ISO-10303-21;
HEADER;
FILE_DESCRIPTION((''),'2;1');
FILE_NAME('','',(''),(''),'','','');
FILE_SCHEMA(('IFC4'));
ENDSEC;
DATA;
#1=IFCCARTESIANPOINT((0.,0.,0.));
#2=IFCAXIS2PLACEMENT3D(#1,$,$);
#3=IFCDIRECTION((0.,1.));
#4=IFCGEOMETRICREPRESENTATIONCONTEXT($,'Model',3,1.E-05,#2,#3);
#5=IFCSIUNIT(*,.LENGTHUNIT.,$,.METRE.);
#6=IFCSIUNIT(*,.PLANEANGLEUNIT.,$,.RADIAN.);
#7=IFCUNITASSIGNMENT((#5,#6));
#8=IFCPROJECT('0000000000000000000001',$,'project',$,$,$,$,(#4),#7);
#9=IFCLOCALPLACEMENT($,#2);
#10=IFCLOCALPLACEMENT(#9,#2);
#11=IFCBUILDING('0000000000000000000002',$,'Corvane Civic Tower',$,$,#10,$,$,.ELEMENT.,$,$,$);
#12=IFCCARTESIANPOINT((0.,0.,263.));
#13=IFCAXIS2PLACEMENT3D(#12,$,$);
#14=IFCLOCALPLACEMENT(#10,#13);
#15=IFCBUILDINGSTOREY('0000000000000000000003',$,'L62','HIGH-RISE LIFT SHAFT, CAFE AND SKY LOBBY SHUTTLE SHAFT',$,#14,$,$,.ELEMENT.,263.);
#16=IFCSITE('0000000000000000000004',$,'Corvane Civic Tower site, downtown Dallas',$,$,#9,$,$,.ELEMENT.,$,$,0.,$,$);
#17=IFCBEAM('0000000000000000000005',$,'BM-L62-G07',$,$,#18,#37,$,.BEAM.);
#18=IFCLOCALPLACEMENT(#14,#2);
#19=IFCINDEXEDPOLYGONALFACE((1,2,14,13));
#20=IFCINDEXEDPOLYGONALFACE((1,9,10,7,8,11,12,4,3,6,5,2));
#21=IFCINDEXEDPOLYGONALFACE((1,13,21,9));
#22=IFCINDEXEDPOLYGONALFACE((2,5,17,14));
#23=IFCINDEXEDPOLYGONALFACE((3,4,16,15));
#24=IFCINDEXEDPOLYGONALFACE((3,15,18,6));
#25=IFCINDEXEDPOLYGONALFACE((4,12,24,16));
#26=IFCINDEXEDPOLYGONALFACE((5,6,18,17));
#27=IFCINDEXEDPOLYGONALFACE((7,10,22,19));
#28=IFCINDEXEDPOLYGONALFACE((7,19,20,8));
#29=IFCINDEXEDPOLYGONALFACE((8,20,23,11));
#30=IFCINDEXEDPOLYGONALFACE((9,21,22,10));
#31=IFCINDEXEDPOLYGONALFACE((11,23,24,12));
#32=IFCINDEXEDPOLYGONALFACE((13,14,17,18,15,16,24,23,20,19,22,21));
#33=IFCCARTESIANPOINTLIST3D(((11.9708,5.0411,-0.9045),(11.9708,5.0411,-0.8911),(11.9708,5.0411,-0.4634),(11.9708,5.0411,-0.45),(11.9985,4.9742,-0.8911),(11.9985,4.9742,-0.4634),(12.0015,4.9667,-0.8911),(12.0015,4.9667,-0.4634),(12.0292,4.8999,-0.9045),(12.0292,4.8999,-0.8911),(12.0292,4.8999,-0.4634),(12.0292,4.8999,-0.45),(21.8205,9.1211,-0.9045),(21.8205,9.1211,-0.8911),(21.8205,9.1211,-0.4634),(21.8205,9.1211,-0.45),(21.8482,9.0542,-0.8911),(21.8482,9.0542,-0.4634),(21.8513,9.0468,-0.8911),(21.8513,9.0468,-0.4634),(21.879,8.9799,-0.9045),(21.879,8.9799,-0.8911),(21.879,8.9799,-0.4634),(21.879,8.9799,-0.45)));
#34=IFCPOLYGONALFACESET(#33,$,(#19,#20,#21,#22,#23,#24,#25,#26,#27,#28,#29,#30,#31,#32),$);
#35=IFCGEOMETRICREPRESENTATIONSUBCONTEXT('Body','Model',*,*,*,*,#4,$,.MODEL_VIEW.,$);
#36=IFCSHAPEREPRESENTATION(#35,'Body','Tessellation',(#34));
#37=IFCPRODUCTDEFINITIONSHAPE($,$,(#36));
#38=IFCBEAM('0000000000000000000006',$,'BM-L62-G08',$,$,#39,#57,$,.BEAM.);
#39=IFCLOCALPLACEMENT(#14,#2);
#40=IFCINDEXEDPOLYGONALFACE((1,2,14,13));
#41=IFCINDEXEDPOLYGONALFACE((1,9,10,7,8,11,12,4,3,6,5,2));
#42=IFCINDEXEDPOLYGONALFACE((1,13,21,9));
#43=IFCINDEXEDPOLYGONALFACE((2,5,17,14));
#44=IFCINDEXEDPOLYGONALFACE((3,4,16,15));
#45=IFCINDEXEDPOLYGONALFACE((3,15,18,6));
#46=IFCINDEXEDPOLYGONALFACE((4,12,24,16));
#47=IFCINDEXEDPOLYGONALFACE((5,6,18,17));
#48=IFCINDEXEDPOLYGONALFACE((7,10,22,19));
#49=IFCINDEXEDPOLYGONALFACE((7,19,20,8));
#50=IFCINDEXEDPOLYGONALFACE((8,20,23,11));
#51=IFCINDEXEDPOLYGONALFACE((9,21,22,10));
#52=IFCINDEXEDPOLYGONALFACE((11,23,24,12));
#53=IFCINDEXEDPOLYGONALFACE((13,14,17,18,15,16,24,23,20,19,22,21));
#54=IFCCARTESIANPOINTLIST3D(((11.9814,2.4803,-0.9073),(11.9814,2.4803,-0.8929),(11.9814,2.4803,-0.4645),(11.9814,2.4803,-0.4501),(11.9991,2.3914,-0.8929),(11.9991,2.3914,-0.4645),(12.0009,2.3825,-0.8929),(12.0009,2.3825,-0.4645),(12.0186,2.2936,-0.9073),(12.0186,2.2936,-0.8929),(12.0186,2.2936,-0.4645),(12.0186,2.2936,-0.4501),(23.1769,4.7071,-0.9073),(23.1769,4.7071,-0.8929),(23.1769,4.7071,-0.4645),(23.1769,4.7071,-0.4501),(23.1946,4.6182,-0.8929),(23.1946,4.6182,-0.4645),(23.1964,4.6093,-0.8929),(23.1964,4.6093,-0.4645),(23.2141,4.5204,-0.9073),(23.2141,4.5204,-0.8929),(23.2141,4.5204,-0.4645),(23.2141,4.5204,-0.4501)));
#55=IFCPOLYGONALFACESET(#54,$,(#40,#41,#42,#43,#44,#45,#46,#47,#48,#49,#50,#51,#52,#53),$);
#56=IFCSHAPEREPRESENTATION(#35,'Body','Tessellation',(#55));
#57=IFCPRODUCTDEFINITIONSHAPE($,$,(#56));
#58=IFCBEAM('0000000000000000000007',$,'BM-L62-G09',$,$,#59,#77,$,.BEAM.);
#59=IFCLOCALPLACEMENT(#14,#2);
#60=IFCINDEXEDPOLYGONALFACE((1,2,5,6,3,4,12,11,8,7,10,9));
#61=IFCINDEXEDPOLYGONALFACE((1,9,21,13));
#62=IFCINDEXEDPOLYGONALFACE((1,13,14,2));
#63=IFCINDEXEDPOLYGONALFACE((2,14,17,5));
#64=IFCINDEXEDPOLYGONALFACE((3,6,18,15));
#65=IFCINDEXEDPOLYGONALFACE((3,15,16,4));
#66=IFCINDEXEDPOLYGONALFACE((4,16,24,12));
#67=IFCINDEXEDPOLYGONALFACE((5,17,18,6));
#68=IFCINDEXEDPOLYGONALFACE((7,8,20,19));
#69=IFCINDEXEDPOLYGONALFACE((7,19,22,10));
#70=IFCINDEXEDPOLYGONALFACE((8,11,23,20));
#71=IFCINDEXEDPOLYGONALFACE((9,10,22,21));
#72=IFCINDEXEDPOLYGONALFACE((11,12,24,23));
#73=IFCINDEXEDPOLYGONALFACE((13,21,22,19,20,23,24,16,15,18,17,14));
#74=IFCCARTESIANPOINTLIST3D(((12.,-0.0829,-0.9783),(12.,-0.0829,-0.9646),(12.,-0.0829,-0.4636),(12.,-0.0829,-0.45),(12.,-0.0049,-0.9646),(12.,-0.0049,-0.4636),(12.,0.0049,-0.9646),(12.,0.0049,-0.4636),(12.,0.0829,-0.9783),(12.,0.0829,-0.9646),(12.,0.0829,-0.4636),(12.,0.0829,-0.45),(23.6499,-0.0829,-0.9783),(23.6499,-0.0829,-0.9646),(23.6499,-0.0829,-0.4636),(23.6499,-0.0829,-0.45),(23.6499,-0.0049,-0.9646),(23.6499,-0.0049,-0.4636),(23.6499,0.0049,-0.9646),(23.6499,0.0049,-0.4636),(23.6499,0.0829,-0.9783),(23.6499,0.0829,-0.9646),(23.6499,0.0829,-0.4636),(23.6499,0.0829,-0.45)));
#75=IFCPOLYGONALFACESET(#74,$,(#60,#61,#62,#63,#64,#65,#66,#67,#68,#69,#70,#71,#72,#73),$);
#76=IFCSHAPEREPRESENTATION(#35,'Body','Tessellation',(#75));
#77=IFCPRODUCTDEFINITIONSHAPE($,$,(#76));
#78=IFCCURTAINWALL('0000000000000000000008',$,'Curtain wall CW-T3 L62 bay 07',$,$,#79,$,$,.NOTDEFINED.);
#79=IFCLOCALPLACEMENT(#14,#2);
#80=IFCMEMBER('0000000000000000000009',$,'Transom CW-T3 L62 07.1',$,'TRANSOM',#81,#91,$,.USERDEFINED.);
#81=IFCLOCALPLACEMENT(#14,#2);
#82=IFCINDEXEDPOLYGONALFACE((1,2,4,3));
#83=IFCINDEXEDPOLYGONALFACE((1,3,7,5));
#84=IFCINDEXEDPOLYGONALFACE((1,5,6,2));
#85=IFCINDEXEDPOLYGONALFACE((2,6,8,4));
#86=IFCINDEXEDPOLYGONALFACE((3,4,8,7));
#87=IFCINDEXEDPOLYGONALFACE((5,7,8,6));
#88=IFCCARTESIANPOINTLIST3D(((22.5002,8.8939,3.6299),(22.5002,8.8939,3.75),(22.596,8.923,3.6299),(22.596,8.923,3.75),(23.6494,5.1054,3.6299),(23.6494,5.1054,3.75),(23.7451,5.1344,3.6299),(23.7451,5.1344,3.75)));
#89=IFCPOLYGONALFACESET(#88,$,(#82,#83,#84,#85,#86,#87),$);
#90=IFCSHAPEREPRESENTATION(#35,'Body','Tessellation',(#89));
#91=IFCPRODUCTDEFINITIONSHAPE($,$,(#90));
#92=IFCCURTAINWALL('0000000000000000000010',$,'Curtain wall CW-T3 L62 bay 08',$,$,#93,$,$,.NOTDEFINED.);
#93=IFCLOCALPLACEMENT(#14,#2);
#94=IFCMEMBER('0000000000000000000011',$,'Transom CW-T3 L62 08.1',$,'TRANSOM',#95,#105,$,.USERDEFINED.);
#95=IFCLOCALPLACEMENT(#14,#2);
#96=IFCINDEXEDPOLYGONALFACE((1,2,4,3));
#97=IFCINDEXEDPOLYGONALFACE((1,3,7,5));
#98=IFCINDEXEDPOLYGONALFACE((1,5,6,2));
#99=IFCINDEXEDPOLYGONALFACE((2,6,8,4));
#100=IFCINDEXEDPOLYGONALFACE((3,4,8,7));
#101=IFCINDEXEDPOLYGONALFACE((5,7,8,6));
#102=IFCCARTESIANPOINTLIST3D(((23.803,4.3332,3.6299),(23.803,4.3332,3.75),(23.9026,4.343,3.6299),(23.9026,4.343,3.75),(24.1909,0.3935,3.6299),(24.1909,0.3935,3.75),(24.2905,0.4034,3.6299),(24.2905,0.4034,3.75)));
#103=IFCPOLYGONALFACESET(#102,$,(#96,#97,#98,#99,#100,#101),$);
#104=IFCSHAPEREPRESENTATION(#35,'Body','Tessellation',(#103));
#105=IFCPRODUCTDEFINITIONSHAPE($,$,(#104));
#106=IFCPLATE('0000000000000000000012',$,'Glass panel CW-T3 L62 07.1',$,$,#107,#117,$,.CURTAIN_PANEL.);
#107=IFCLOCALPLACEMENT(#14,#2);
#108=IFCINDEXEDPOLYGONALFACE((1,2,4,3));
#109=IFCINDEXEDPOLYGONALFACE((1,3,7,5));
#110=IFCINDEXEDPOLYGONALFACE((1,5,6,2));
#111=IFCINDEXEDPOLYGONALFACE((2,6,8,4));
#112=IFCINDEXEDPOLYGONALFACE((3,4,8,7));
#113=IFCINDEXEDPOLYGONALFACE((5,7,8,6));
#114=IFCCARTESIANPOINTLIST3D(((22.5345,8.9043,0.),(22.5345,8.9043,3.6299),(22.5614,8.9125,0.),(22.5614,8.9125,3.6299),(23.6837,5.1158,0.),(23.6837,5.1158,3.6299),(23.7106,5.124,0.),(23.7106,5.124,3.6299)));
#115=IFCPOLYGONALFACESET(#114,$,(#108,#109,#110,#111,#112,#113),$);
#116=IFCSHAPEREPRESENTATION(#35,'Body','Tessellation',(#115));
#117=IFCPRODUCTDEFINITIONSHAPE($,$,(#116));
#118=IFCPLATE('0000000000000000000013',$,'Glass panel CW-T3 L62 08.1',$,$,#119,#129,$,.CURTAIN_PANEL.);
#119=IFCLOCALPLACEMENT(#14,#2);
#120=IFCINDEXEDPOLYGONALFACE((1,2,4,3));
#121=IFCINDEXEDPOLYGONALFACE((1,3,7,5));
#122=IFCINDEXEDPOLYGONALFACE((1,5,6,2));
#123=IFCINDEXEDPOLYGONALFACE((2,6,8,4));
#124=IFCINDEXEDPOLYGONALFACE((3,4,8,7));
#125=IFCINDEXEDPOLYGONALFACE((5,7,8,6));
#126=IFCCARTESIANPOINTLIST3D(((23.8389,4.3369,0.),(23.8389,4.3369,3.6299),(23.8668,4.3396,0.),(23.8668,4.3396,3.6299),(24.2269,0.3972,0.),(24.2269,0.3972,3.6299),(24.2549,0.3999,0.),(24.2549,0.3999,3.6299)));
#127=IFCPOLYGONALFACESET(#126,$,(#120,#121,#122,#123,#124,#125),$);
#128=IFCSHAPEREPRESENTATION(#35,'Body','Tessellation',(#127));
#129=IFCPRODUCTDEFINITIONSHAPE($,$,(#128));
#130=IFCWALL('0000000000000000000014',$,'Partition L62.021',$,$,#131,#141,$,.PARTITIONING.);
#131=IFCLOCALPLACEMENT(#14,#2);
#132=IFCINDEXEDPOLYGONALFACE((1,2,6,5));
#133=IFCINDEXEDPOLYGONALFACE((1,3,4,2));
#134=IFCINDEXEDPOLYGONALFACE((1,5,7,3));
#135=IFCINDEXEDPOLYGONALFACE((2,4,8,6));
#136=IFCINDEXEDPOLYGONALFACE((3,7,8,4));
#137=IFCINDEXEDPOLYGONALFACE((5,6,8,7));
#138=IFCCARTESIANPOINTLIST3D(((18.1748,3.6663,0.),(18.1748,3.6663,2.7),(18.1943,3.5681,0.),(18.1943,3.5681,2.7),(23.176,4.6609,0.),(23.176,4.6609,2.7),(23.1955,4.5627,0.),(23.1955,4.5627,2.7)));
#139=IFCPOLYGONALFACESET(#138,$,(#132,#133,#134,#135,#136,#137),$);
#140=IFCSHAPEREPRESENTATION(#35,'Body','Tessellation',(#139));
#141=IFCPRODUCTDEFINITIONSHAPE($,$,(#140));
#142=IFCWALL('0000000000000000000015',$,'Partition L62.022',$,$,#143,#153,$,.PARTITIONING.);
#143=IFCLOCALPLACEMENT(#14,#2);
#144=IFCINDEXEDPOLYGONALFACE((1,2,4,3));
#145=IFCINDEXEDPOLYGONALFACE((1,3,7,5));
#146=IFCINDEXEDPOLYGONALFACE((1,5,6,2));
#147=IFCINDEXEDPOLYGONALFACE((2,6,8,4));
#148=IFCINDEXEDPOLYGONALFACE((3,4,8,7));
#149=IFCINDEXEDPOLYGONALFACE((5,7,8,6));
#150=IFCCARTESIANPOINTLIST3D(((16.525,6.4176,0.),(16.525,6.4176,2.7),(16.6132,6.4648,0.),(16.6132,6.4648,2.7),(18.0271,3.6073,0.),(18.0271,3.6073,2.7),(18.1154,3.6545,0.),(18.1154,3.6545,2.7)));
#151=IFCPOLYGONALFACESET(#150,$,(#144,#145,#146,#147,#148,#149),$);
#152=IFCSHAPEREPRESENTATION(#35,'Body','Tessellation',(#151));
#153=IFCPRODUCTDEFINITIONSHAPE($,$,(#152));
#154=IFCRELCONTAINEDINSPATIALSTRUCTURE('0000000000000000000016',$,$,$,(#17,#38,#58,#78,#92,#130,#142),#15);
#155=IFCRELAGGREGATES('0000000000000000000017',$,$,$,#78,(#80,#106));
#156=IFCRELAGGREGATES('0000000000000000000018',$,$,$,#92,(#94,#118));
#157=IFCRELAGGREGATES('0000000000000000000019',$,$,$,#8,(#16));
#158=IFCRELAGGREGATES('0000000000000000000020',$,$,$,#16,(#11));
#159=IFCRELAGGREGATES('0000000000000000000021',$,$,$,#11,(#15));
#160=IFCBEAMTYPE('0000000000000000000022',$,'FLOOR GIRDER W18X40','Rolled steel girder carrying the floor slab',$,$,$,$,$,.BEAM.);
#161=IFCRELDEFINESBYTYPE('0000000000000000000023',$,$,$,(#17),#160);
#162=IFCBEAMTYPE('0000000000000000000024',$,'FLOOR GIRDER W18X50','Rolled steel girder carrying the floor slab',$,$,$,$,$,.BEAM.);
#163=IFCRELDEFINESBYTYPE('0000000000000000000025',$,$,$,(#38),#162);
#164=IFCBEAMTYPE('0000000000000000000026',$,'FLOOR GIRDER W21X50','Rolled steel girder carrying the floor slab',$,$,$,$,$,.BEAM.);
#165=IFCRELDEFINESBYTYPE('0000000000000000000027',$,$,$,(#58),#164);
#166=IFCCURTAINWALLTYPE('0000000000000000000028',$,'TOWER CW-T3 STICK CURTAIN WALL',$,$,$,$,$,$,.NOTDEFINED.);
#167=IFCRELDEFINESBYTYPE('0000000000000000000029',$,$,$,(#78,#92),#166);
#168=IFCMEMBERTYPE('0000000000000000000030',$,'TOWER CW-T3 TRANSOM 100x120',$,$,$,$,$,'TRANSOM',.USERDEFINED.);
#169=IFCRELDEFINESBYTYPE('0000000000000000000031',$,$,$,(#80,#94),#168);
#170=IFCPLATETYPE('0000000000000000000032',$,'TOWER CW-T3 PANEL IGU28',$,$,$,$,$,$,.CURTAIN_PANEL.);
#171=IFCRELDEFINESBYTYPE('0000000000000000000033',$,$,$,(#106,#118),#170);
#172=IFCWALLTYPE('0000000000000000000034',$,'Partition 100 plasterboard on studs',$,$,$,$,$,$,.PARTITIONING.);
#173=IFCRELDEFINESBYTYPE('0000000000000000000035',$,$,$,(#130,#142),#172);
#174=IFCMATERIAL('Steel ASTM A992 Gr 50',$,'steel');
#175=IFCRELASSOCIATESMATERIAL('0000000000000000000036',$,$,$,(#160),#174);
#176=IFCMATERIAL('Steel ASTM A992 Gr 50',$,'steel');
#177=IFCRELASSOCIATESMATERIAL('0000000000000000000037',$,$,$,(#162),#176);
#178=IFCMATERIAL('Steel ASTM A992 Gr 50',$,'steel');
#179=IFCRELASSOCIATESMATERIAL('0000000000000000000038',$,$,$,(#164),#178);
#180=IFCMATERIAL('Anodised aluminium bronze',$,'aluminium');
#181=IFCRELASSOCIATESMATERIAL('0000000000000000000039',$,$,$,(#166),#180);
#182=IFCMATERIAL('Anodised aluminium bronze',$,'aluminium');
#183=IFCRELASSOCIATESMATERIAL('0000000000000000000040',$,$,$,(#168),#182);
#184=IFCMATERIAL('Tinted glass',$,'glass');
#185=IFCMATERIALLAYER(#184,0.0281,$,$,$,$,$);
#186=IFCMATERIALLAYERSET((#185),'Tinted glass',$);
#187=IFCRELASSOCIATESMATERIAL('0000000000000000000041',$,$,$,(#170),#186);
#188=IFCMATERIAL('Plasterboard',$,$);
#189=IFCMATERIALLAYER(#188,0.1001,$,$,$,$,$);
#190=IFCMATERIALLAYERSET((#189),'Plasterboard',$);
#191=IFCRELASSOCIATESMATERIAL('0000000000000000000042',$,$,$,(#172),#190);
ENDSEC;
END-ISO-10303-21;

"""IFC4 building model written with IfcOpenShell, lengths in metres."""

from ifc_helpers import new_model, si_unit, direction, frame, frame_2d, origin, origin_2d, place, context, subcontext, project, spatial, rectangle, i_section, extrude, material, layer, layer_set, material_profile, profile_set, type_object, element, aggregate, save


model = new_model("IFC4")

# Units and contexts
model_context = context("Model", 3, precision=1e-05, world=origin(), true_north=direction((0.0, 1.0)))
body_context = subcontext(model_context, "Body", "Model", "MODEL_VIEW")
ifc_project = project(units=[si_unit("LENGTHUNIT", "METRE"), si_unit("PLANEANGLEUNIT", "RADIAN")], contexts=[model_context])

# Site, building, storey
site_placement = place(None, origin())
site = spatial("IfcSite", under=ifc_project, at=site_placement, Name="Corvane Civic Tower site, downtown Dallas", CompositionType="ELEMENT", RefElevation=0.0)
building_placement = place(site_placement, origin())
building = spatial("IfcBuilding", under=site, at=building_placement, Name="Corvane Civic Tower", CompositionType="ELEMENT")
storey_placement = place(building_placement, frame((0.0, 0.0, 263.0)))
storey = spatial("IfcBuildingStorey", under=building, at=storey_placement, Name="L62", Description="HIGH-RISE LIFT SHAFT, CAFE AND SKY LOBBY SHUTTLE SHAFT", CompositionType="ELEMENT", Elevation=263.0)

# Beams
ifc_material_1 = material(Name="Steel ASTM A992 Gr 50", Category="steel")
ifc_material_profile_1 = material_profile(ifc_material_1, i_section(OverallWidth=0.1528, OverallDepth=0.4546, WebThickness=0.0081, FlangeThickness=0.0134, at=origin_2d()), Name="W18X40")
ifc_profile_set_1 = profile_set([ifc_material_profile_1], Name="Steel ASTM A992 Gr 50")
beam_type_1 = type_object("IfcBeamType", Name="FLOOR GIRDER W18X40", Description="Rolled steel girder carrying the floor slab", PredefinedType="BEAM", material=ifc_profile_set_1)
beam_1_placement = place(storey_placement, frame((12.0, 4.9705, -0.6772), z_axis=(0.923875, 0.382694, 0.0), x_axis=(-0.382694, 0.923875, 0.0)))
element("IfcBeam", 1, at=beam_1_placement, inside=storey, type_object=beam_type_1, Name="BM-L62-G07", PredefinedType="BEAM", context=body_context, shape_type="SweptSolid", body=[
    extrude(i_section(OverallWidth=0.1528, OverallDepth=0.4546, WebThickness=0.0081, FlangeThickness=0.0134, at=origin_2d()), origin(), (0.0, 0.0, 1.0), 10.6614),
])
ifc_material_2 = material(Name="Steel ASTM A992 Gr 50", Category="steel")
ifc_material_profile_2 = material_profile(ifc_material_2, i_section(OverallWidth=0.1904, OverallDepth=0.4573, WebThickness=0.009, FlangeThickness=0.0144, at=origin_2d()), Name="W18X50")
ifc_profile_set_2 = profile_set([ifc_material_profile_2], Name="Steel ASTM A992 Gr 50")
beam_type_2 = type_object("IfcBeamType", Name="FLOOR GIRDER W18X50", Description="Rolled steel girder carrying the floor slab", PredefinedType="BEAM", material=ifc_profile_set_2)
beam_2_placement = place(storey_placement, frame((12.0, 2.387, -0.6787), z_axis=(0.980787, 0.19508, 0.0), x_axis=(-0.19508, 0.980787, 0.0)))
element("IfcBeam", 2, at=beam_2_placement, inside=storey, type_object=beam_type_2, Name="BM-L62-G08", PredefinedType="BEAM", context=body_context, shape_type="SweptSolid", body=[
    extrude(i_section(OverallWidth=0.1904, OverallDepth=0.4573, WebThickness=0.009, FlangeThickness=0.0144, at=origin_2d()), origin(), (0.0, 0.0, 1.0), 11.4148),
])
ifc_material_3 = material(Name="Steel ASTM A992 Gr 50", Category="steel")
ifc_material_profile_3 = material_profile(ifc_material_3, i_section(OverallWidth=0.1658, OverallDepth=0.5283, WebThickness=0.0098, FlangeThickness=0.0137, at=origin_2d()), Name="W21X50")
ifc_profile_set_3 = profile_set([ifc_material_profile_3], Name="Steel ASTM A992 Gr 50")
beam_type_3 = type_object("IfcBeamType", Name="FLOOR GIRDER W21X50", Description="Rolled steel girder carrying the floor slab", PredefinedType="BEAM", material=ifc_profile_set_3)
beam_3_placement = place(storey_placement, frame((12.0, 0.0, -0.7141), z_axis=(1.0, 0.0, 0.0), x_axis=(0.0, 1.0, 0.0)))
element("IfcBeam", 3, at=beam_3_placement, inside=storey, type_object=beam_type_3, Name="BM-L62-G09", PredefinedType="BEAM", context=body_context, shape_type="SweptSolid", body=[
    extrude(i_section(OverallWidth=0.1658, OverallDepth=0.5283, WebThickness=0.0098, FlangeThickness=0.0137, at=origin_2d()), origin(), (0.0, 0.0, 1.0), 11.6499),
])

# Curtain walls, members
ifc_material_4 = material(Name="Anodised aluminium bronze", Category="aluminium")
curtain_wall_type = type_object("IfcCurtainWallType", Name="TOWER CW-T3 STICK CURTAIN WALL", PredefinedType="NOTDEFINED", material=ifc_material_4)
curtain_wall_1_placement = place(storey_placement, origin())
curtain_wall_1 = element("IfcCurtainWall", 4, at=curtain_wall_1_placement, inside=storey, type_object=curtain_wall_type, Name="Curtain wall CW-T3 L62 bay 07", PredefinedType="NOTDEFINED")
ifc_material_5 = material(Name="Anodised aluminium bronze", Category="aluminium")
ifc_material_profile_4 = material_profile(ifc_material_5, rectangle(XDim=0.1001, YDim=0.1201, at=origin_2d()), Name="TOWER CW-T3 TRANSOM 100x120")
ifc_profile_set_4 = profile_set([ifc_material_profile_4], Name="Anodised aluminium bronze")
member_type = type_object("IfcMemberType", Name="TOWER CW-T3 TRANSOM 100x120", ElementType="TRANSOM", PredefinedType="USERDEFINED", material=ifc_profile_set_4)
member_1_placement = place(storey_placement, frame((22.5481, 8.9084, 3.6899), z_axis=(0.290266, -0.956946, 0.0), x_axis=(0.956946, 0.290266, 0.0)))
member_1 = element("IfcMember", 5, at=member_1_placement, type_object=member_type, Name="Transom CW-T3 L62 07.1", ObjectType="TRANSOM", PredefinedType="USERDEFINED", context=body_context, shape_type="SweptSolid", body=[
    extrude(rectangle(XDim=0.1001, YDim=0.1201, at=origin_2d()), origin(), (0.0, 0.0, 1.0), 3.959),
])
curtain_wall_2_placement = place(storey_placement, origin())
curtain_wall_2 = element("IfcCurtainWall", 6, at=curtain_wall_2_placement, inside=storey, type_object=curtain_wall_type, Name="Curtain wall CW-T3 L62 bay 08", PredefinedType="NOTDEFINED")
member_2_placement = place(storey_placement, frame((23.8528, 4.3381, 3.6899), z_axis=(0.097995, -0.995187, 0.0), x_axis=(0.995187, 0.097995, 0.0)))
member_2 = element("IfcMember", 7, at=member_2_placement, type_object=member_type, Name="Transom CW-T3 L62 08.1", ObjectType="TRANSOM", PredefinedType="USERDEFINED", context=body_context, shape_type="SweptSolid", body=[
    extrude(rectangle(XDim=0.1001, YDim=0.1201, at=origin_2d()), origin(), (0.0, 0.0, 1.0), 3.9587),
])

# Plates
ifc_material_6 = material(Name="Tinted glass", Category="glass")
ifc_layer_1 = layer(ifc_material_6, 0.0281)
ifc_layer_set_1 = layer_set([ifc_layer_1], Name="Tinted glass")
plate_type = type_object("IfcPlateType", Name="TOWER CW-T3 PANEL IGU28", PredefinedType="CURTAIN_PANEL", material=ifc_layer_set_1)
plate_1_placement = place(storey_placement, frame((23.1226, 7.0142, 0.0), z_axis=(0.0, 0.0, 1.0), x_axis=(0.290274, -0.956944, 0.0)))
plate_1 = element("IfcPlate", 8, at=plate_1_placement, type_object=plate_type, Name="Glass panel CW-T3 L62 07.1", PredefinedType="CURTAIN_PANEL", context=body_context, shape_type="SweptSolid", body=[
    extrude(rectangle(XDim=3.959, YDim=0.0281, at=origin_2d()), origin(), (0.0, 0.0, 1.0), 3.6299),
])
aggregate(curtain_wall_1, [member_1, plate_1])
plate_2_placement = place(storey_placement, frame((24.0469, 2.3684, 0.0), z_axis=(0.0, 0.0, 1.0), x_axis=(0.098021, -0.995184, 0.0)))
plate_2 = element("IfcPlate", 9, at=plate_2_placement, type_object=plate_type, Name="Glass panel CW-T3 L62 08.1", PredefinedType="CURTAIN_PANEL", context=body_context, shape_type="SweptSolid", body=[
    extrude(rectangle(XDim=3.9587, YDim=0.0281, at=origin_2d()), origin(), (0.0, 0.0, 1.0), 3.6299),
])
aggregate(curtain_wall_2, [member_2, plate_2])

# Walls
ifc_material_7 = material(Name="Plasterboard")
ifc_layer_2 = layer(ifc_material_7, 0.1001)
ifc_layer_set_2 = layer_set([ifc_layer_2], Name="Plasterboard")
wall_type_1 = type_object("IfcWallType", Name="Partition 100 plasterboard on studs", PredefinedType="PARTITIONING", material=ifc_layer_set_2)
wall_1_placement = place(storey_placement, frame((18.1846, 3.6172, 0.0), z_axis=(0.0, 0.0, 1.0), x_axis=(0.980792, 0.195057, 0.0)))
element("IfcWall", 10, at=wall_1_placement, inside=storey, type_object=wall_type_1, Name="Partition L62.021", PredefinedType="PARTITIONING", context=body_context, shape_type="SweptSolid", body=[
    extrude(rectangle(XDim=5.0991, YDim=0.1001, at=frame_2d((2.5496, 0.0))), origin(), (0.0, 0.0, 1.0), 2.7),
])
wall_2_placement = place(storey_placement, frame((16.5691, 6.4412, 0.0), z_axis=(0.0, 0.0, 1.0), x_axis=(0.471411, -0.881914, 0.0)))
element("IfcWall", 11, at=wall_2_placement, inside=storey, type_object=wall_type_1, Name="Partition L62.022", PredefinedType="PARTITIONING", context=body_context, shape_type="SweptSolid", body=[
    extrude(rectangle(XDim=3.1865, YDim=0.1001, at=frame_2d((1.5933, 0.0))), origin(), (0.0, 0.0, 1.0), 2.7),
])

save(model, "model.ifc")
